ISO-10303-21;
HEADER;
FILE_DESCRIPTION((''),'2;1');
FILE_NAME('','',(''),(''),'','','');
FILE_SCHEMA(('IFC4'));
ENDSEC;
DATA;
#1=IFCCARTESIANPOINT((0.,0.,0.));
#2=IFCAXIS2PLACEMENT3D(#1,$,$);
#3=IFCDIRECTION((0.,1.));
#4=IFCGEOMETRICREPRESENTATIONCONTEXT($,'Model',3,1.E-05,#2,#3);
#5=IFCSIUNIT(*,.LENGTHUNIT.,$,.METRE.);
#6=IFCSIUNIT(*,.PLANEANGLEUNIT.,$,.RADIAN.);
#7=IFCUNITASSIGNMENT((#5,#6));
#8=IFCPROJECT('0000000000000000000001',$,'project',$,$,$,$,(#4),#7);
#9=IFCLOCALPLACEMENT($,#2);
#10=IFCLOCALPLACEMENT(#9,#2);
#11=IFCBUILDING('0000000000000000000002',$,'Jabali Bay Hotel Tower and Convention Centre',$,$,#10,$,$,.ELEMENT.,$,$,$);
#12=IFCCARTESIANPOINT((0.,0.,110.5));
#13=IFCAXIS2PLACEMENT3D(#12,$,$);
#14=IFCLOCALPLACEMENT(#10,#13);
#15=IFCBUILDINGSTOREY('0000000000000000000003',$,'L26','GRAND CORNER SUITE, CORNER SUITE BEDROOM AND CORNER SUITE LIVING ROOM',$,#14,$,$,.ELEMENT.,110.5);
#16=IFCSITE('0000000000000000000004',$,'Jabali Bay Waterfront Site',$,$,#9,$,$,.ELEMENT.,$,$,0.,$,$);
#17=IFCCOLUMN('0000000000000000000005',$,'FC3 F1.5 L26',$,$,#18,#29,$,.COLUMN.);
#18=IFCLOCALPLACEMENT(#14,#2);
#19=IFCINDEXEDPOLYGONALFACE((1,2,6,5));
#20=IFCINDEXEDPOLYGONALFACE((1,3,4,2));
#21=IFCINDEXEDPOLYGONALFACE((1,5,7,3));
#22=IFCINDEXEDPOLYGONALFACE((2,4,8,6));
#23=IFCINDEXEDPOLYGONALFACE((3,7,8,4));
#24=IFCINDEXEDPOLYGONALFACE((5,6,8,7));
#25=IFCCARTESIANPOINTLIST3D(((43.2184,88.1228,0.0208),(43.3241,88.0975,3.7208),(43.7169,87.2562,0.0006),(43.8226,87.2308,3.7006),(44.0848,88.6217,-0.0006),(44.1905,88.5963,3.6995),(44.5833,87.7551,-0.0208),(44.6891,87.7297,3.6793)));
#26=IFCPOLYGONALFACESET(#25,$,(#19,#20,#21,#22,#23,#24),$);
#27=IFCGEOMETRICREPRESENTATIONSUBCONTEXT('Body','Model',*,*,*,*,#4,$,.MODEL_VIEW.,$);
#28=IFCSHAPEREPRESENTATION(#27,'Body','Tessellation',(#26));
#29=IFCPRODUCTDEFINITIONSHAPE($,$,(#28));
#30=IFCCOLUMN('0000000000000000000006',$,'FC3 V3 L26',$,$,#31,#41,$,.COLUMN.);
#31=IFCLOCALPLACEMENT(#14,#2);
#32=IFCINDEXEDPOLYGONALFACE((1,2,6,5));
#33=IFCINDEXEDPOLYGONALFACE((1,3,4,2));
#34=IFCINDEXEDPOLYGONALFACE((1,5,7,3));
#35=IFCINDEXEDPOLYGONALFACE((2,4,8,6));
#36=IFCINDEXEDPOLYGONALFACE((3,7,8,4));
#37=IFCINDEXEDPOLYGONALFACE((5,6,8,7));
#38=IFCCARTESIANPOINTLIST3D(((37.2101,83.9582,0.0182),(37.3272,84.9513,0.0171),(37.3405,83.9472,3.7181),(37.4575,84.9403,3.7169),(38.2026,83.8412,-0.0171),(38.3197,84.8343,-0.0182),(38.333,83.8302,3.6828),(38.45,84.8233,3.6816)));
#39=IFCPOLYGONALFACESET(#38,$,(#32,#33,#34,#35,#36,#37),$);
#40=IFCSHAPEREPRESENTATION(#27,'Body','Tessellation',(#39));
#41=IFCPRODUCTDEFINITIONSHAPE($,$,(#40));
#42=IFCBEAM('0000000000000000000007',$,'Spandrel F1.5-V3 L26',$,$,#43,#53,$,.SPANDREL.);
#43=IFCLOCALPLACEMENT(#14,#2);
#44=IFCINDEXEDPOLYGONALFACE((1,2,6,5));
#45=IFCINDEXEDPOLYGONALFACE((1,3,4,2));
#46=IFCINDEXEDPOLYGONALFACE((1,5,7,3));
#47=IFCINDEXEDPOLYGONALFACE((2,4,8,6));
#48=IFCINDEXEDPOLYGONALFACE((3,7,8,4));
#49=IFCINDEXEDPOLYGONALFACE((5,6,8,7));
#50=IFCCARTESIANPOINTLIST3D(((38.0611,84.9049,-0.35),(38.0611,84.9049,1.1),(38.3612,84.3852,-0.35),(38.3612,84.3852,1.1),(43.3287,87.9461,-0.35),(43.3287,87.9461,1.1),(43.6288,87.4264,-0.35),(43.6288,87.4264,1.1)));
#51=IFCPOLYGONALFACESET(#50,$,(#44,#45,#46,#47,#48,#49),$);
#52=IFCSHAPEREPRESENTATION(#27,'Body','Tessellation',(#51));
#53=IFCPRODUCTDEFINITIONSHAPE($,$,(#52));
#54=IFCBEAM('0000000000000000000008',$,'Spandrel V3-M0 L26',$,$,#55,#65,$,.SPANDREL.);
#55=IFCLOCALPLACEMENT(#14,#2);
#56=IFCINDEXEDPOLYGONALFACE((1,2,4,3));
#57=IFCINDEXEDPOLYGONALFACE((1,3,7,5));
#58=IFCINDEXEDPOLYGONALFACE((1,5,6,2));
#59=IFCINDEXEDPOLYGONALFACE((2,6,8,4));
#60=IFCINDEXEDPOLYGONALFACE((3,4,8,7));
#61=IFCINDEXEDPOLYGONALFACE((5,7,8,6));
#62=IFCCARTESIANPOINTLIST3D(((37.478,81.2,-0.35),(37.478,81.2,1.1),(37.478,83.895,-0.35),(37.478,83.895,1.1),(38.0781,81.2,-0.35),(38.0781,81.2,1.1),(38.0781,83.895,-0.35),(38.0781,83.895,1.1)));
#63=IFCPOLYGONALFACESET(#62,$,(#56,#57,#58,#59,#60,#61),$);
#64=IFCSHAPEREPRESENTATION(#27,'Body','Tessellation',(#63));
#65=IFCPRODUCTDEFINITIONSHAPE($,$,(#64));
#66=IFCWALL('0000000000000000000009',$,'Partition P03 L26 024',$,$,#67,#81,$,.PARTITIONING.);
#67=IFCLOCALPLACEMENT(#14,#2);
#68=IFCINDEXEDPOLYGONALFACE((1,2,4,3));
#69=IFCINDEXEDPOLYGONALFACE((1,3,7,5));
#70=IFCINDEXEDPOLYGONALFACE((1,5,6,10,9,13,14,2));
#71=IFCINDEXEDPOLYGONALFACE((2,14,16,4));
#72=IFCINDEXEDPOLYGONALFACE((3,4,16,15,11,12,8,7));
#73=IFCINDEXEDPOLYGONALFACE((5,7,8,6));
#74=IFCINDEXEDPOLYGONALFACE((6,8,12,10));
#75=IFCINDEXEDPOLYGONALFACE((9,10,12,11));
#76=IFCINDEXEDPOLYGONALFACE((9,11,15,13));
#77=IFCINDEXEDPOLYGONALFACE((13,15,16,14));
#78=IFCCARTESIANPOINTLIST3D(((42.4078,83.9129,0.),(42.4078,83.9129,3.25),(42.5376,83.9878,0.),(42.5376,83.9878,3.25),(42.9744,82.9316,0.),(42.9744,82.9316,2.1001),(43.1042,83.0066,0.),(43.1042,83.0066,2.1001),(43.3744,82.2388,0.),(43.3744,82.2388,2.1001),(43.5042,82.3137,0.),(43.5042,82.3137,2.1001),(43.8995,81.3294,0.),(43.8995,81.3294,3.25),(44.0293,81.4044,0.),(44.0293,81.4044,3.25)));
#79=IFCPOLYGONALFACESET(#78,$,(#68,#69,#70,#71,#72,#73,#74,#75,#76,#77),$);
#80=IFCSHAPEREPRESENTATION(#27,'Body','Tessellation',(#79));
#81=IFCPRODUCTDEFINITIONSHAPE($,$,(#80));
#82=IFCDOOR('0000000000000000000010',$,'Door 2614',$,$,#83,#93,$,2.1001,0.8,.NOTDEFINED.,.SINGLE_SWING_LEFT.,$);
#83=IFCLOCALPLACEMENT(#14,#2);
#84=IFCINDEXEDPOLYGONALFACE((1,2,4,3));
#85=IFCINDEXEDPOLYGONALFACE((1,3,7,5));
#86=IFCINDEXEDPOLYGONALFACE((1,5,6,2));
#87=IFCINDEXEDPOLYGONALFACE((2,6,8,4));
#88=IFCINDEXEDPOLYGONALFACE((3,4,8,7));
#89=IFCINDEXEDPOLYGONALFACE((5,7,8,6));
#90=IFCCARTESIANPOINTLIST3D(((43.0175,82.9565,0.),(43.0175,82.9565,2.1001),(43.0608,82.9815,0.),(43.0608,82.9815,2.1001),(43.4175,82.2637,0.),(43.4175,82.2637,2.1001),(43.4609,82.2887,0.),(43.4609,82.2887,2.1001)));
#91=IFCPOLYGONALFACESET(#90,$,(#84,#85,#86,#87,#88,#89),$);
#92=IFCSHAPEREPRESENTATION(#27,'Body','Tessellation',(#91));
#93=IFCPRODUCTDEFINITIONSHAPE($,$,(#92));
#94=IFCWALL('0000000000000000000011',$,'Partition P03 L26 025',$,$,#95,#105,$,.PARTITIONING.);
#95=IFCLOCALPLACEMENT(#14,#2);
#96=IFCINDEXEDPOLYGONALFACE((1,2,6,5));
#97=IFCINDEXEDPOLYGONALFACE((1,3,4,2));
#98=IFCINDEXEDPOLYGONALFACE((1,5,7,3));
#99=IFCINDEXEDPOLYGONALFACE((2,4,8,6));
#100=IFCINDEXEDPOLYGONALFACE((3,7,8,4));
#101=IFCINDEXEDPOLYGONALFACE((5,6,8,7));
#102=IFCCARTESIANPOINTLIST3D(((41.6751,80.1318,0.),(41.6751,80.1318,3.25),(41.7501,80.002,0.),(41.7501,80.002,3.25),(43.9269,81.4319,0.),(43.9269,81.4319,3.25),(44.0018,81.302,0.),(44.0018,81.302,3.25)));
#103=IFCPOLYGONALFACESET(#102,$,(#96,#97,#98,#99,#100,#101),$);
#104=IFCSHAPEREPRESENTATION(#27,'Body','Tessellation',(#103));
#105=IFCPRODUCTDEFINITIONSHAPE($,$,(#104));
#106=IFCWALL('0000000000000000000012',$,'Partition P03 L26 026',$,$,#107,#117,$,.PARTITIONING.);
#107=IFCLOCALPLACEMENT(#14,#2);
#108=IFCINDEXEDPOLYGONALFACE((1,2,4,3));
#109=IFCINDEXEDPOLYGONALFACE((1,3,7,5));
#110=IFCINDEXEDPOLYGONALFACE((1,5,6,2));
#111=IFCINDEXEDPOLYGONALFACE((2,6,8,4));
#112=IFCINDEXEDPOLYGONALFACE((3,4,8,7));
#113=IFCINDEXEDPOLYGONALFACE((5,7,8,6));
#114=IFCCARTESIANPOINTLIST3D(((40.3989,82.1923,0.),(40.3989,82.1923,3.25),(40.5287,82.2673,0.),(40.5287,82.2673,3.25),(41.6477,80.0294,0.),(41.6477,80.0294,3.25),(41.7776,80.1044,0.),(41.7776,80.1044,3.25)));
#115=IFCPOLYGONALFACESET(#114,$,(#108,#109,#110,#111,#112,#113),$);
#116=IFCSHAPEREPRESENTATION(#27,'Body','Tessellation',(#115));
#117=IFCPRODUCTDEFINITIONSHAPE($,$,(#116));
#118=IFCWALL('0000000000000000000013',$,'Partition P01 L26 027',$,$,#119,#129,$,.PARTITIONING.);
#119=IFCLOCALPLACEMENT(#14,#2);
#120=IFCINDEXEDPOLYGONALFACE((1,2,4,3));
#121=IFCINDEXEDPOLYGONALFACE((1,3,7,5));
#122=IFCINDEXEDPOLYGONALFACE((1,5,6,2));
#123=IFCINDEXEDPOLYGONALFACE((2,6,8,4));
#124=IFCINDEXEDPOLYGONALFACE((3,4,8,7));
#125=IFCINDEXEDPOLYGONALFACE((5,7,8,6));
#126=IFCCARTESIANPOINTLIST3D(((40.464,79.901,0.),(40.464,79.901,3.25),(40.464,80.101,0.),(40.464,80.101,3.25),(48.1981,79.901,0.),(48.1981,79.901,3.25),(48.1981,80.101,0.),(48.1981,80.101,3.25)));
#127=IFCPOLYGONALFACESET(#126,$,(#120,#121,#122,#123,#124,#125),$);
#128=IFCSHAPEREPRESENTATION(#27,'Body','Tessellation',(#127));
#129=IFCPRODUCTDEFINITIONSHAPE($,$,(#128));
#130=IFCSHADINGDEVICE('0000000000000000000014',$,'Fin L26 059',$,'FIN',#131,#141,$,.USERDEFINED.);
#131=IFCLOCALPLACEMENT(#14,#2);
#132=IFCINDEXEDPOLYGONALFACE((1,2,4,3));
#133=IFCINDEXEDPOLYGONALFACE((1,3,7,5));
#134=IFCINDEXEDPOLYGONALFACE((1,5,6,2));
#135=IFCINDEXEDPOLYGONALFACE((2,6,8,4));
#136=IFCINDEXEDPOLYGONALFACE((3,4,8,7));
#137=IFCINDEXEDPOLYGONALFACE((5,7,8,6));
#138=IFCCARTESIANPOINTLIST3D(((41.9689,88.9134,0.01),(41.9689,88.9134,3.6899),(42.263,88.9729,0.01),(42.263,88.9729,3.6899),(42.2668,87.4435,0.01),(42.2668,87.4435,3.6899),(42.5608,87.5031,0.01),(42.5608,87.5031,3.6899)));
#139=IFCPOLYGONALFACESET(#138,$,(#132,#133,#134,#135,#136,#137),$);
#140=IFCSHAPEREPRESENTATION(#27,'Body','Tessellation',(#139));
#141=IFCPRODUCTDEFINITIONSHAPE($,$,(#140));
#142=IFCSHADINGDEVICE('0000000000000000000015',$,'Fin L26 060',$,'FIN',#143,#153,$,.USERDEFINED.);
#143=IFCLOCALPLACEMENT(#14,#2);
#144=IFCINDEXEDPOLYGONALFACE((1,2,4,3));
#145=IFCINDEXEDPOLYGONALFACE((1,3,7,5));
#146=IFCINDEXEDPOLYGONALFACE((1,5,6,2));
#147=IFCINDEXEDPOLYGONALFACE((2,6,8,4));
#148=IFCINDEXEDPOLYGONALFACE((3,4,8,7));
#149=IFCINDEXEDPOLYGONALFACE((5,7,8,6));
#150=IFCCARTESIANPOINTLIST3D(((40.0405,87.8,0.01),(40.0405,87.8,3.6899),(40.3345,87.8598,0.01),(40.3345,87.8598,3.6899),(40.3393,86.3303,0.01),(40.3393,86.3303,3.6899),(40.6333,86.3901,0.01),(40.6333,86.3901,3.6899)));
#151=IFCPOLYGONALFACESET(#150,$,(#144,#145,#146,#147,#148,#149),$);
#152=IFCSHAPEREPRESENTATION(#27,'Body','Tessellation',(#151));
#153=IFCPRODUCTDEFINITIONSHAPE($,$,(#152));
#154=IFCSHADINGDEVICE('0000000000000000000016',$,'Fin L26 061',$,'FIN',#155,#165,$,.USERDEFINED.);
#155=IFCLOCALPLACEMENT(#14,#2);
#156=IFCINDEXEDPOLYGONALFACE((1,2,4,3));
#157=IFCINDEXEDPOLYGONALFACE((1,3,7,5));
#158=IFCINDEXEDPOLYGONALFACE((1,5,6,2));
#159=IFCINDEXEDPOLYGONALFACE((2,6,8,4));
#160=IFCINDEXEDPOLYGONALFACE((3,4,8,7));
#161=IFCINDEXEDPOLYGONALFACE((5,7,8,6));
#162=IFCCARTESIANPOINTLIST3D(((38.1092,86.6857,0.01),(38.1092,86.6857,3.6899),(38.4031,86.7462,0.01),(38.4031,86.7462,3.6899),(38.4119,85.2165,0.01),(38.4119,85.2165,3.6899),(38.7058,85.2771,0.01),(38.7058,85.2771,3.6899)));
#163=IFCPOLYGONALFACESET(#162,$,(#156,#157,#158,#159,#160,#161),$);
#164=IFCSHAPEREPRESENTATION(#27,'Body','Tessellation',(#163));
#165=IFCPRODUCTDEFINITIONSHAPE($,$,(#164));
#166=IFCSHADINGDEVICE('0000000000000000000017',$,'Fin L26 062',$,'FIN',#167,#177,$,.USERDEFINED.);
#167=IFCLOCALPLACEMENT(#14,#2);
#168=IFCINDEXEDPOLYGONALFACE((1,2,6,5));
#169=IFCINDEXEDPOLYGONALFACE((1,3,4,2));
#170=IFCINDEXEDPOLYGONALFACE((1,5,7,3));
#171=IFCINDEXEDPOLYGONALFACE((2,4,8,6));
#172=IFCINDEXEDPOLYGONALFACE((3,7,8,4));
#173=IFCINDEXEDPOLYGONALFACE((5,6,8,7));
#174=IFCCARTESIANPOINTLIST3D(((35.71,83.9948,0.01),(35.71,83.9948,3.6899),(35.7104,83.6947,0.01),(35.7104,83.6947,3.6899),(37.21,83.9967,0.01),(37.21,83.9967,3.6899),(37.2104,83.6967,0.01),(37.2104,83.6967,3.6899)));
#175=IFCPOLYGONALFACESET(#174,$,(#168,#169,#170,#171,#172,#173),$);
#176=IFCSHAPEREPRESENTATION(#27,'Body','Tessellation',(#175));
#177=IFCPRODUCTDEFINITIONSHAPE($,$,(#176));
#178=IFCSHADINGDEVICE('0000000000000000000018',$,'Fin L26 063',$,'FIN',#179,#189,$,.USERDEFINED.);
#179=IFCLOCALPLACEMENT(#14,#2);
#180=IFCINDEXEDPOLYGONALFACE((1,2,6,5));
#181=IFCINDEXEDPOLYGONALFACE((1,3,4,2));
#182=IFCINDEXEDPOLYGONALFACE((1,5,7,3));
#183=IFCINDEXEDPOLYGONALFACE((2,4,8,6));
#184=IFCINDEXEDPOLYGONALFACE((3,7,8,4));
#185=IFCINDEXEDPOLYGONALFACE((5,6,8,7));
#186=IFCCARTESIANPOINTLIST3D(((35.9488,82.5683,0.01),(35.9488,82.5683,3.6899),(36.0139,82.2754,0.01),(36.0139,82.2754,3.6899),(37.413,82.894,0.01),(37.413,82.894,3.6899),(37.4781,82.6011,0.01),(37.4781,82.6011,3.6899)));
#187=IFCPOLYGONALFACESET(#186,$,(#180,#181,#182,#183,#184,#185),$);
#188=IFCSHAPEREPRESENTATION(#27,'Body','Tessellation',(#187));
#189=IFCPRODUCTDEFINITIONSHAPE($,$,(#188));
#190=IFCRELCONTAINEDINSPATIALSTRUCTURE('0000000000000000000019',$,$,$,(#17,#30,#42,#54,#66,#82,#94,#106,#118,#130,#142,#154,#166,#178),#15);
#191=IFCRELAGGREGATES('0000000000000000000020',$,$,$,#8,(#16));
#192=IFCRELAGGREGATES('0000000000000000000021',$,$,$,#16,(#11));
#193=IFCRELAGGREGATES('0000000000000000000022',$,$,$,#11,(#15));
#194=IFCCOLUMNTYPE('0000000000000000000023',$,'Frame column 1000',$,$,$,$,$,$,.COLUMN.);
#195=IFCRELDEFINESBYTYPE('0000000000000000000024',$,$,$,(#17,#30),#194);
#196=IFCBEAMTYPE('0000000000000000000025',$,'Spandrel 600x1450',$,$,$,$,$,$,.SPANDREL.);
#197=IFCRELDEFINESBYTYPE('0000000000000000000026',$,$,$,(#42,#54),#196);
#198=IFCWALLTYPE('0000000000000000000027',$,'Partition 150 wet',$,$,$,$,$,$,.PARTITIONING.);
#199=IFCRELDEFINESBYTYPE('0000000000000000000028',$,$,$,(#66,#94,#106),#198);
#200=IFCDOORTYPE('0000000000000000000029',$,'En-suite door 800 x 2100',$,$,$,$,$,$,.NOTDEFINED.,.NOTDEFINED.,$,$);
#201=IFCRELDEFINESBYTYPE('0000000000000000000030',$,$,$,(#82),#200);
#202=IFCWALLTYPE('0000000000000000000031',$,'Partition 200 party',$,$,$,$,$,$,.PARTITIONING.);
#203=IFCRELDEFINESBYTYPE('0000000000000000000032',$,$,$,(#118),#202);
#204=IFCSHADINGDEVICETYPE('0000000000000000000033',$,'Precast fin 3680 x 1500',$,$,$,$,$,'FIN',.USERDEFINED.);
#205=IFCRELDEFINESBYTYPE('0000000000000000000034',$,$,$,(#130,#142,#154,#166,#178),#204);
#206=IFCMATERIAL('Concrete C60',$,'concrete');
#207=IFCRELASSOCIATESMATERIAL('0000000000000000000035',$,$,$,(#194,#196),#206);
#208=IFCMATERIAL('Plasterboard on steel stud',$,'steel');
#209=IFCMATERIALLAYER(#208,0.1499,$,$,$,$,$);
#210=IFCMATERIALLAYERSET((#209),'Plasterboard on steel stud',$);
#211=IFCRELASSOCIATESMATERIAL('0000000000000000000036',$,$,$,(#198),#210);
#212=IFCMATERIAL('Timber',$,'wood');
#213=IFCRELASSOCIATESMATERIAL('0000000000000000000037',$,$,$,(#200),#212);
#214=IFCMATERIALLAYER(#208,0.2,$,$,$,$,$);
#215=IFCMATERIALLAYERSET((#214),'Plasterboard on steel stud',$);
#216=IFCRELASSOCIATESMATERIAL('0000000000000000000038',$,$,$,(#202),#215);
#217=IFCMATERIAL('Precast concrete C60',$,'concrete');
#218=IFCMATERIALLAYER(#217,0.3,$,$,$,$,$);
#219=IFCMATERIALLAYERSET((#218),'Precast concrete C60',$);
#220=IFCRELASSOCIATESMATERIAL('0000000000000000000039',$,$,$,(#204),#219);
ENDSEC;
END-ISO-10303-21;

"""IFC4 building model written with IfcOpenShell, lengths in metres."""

from ifc_helpers import new_model, si_unit, direction, frame, frame_2d, origin, origin_2d, place, context, subcontext, project, spatial, rectangle, extrude, material, layer, layer_set, material_profile, profile_set, type_object, element, fill, save


model = new_model("IFC4")

# Units and contexts
model_context = context("Model", 3, precision=1e-05, world=origin(), true_north=direction((0.0, 1.0)))
body_context = subcontext(model_context, "Body", "Model", "MODEL_VIEW")
ifc_project = project(units=[si_unit("LENGTHUNIT", "METRE"), si_unit("PLANEANGLEUNIT", "RADIAN")], contexts=[model_context])

# Site, building, storey
site_placement = place(None, origin())
site = spatial("IfcSite", under=ifc_project, at=site_placement, Name="Jabali Bay Waterfront Site", CompositionType="ELEMENT", RefElevation=0.0)
building_placement = place(site_placement, origin())
building = spatial("IfcBuilding", under=site, at=building_placement, Name="Jabali Bay Hotel Tower and Convention Centre", CompositionType="ELEMENT")
storey_placement = place(building_placement, frame((0.0, 0.0, 110.5)))
storey = spatial("IfcBuildingStorey", under=building, at=storey_placement, Name="L26", Description="GRAND CORNER SUITE, CORNER SUITE BEDROOM AND CORNER SUITE LIVING ROOM", CompositionType="ELEMENT", Elevation=110.5)

# Columns
ifc_material_1 = material(Name="Concrete C60", Category="concrete")
ifc_material_profile_1 = material_profile(ifc_material_1, rectangle(XDim=1.0, YDim=1.0, at=origin_2d()), Name="Frame column 1000")
ifc_profile_set_1 = profile_set([ifc_material_profile_1], Name="Concrete C60")
column_type = type_object("IfcColumnType", Name="Frame column 1000", PredefinedType="COLUMN", material=ifc_profile_set_1)
column_1_placement = place(storey_placement, frame((43.9009, 87.939, 0.0), z_axis=(0.028559, -0.006859, 0.999569), x_axis=(-0.498515, 0.866646, 0.020191)))
element("IfcColumn", 1, at=column_1_placement, inside=storey, type_object=column_type, Name="FC3 F1.5 L26", PredefinedType="COLUMN", context=body_context, shape_type="SweptSolid", body=[
    extrude(rectangle(XDim=1.0, YDim=1.0, at=origin_2d()), origin(), (0.0, 0.0, 1.0), 3.7017),
])
column_2_placement = place(storey_placement, frame((37.7649, 84.3962, 0.0), z_axis=(0.035214, -0.002967, 0.999375), x_axis=(-0.992498, 0.117045, 0.035319)))
element("IfcColumn", 2, at=column_2_placement, inside=storey, type_object=column_type, Name="FC3 V3 L26", PredefinedType="COLUMN", context=body_context, shape_type="SweptSolid", body=[
    extrude(rectangle(XDim=1.0, YDim=1.0, at=origin_2d()), origin(), (0.0, 0.0, 1.0), 3.7021),
])

# Beams
ifc_material_profile_2 = material_profile(ifc_material_1, rectangle(XDim=0.6001, YDim=1.45, at=origin_2d()), Name="Spandrel 600x1450")
ifc_profile_set_2 = profile_set([ifc_material_profile_2], Name="Concrete C60")
beam_type = type_object("IfcBeamType", Name="Spandrel 600x1450", PredefinedType="SPANDREL", material=ifc_profile_set_2)
beam_1_placement = place(storey_placement, frame((43.4788, 87.6863, 0.375), z_axis=(-0.866024, -0.500003, 0.0), x_axis=(0.500003, -0.866024, 0.0)))
element("IfcBeam", 3, at=beam_1_placement, inside=storey, type_object=beam_type, Name="Spandrel F1.5-V3 L26", PredefinedType="SPANDREL", context=body_context, shape_type="SweptSolid", body=[
    extrude(rectangle(XDim=0.6001, YDim=1.45, at=origin_2d()), origin(), (0.0, 0.0, 1.0), 6.0825),
])
beam_2_placement = place(storey_placement, frame((37.7781, 83.895, 0.375), z_axis=(0.0, -1.0, 0.0), x_axis=(1.0, 0.0, 0.0)))
element("IfcBeam", 4, at=beam_2_placement, inside=storey, type_object=beam_type, Name="Spandrel V3-M0 L26", PredefinedType="SPANDREL", context=body_context, shape_type="SweptSolid", body=[
    extrude(rectangle(XDim=0.6001, YDim=1.45, at=origin_2d()), origin(), (0.0, 0.0, 1.0), 2.6951),
])

# Wall, opening, door
ifc_material_2 = material(Name="Plasterboard on steel stud", Category="steel")
ifc_layer_1 = layer(ifc_material_2, 0.1499)
ifc_layer_set_1 = layer_set([ifc_layer_1], Name="Plasterboard on steel stud")
wall_type_1 = type_object("IfcWallType", Name="Partition 150 wet", PredefinedType="PARTITIONING", material=ifc_layer_set_1)
wall_1_placement = place(storey_placement, frame((42.4727, 83.9504, 0.0), z_axis=(0.0, 0.0, 1.0), x_axis=(0.500029, -0.866008, 0.0)))
wall_1 = element("IfcWall", 5, at=wall_1_placement, inside=storey, type_object=wall_type_1, Name="Partition P03 L26 024", PredefinedType="PARTITIONING", context=body_context, shape_type="SweptSolid", body=[
    extrude(rectangle(XDim=2.9832, YDim=0.1499, at=frame_2d((1.4917, 0.0))), origin(), (0.0, 0.0, 1.0), 3.25),
])
opening_1_placement = place(wall_1_placement, frame((1.1333, 0.0, 0.0)))
opening_1 = element("IfcOpeningElement", 6, at=opening_1_placement, cuts=wall_1, PredefinedType="OPENING", context=body_context, shape_type="SweptSolid", body=[
    extrude(rectangle(XDim=0.8, YDim=2.1001, at=frame_2d((0.3999, 1.05))), frame((0.0, 0.0854, 0.0), z_axis=(0.0, -1.0, 0.0), x_axis=(1.0, 0.0, 0.0)), (0.0, 0.0, 1.0), 0.1709),
])
ifc_material_3 = material(Name="Timber", Category="wood")
door_type_1 = type_object("IfcDoorType", Name="En-suite door 800 x 2100", OperationType="NOTDEFINED", PredefinedType="NOTDEFINED", material=ifc_material_3)
door_1_placement = place(opening_1_placement, origin())
door_1 = element("IfcDoor", 7, at=door_1_placement, inside=storey, type_object=door_type_1, Name="Door 2614", OperationType="SINGLE_SWING_LEFT", OverallHeight=2.1001, OverallWidth=0.8, PredefinedType="NOTDEFINED", context=body_context, shape_type="SweptSolid", body=[
    extrude(rectangle(XDim=0.8, YDim=2.1001, at=frame_2d((0.3999, 1.05))), frame((0.0, 0.0249, 0.0), z_axis=(0.0, -1.0, 0.0), x_axis=(1.0, 0.0, 0.0)), (0.0, 0.0, 1.0), 0.05),
])
fill(opening_1, door_1)

# Walls
wall_2_placement = place(storey_placement, frame((43.9644, 81.3669, 0.0), z_axis=(0.0, 0.0, 1.0), x_axis=(-0.866021, -0.500007, 0.0)))
element("IfcWall", 8, at=wall_2_placement, inside=storey, type_object=wall_type_1, Name="Partition P03 L26 025", PredefinedType="PARTITIONING", context=body_context, shape_type="SweptSolid", body=[
    extrude(rectangle(XDim=2.6001, YDim=0.1499, at=frame_2d((1.3, 0.0))), origin(), (0.0, 0.0, 1.0), 3.25),
])
wall_3_placement = place(storey_placement, frame((41.7126, 80.0669, 0.0), z_axis=(0.0, 0.0, 1.0), x_axis=(-0.500019, 0.866015, 0.0)))
element("IfcWall", 9, at=wall_3_placement, inside=storey, type_object=wall_type_1, Name="Partition P03 L26 026", PredefinedType="PARTITIONING", context=body_context, shape_type="SweptSolid", body=[
    extrude(rectangle(XDim=2.4976, YDim=0.1499, at=frame_2d((1.2488, 0.0))), origin(), (0.0, 0.0, 1.0), 3.25),
])
ifc_layer_2 = layer(ifc_material_2, 0.2)
ifc_layer_set_2 = layer_set([ifc_layer_2], Name="Plasterboard on steel stud")
wall_type_2 = type_object("IfcWallType", Name="Partition 200 party", PredefinedType="PARTITIONING", material=ifc_layer_set_2)
wall_4_placement = place(storey_placement, frame((40.4639, 80.001, 0.0), z_axis=(0.0, 0.0, 1.0), x_axis=(1.0, 0.0, 0.0)))
element("IfcWall", 10, at=wall_4_placement, inside=storey, type_object=wall_type_2, Name="Partition P01 L26 027", PredefinedType="PARTITIONING", context=body_context, shape_type="SweptSolid", body=[
    extrude(rectangle(XDim=7.7341, YDim=0.2, at=frame_2d((3.8672, 0.0))), origin(), (0.0, 0.0, 1.0), 3.25),
])

# Shading devices
ifc_material_4 = material(Name="Precast concrete C60", Category="concrete")
ifc_layer_3 = layer(ifc_material_4, 0.3)
ifc_layer_set_3 = layer_set([ifc_layer_3], Name="Precast concrete C60")
shading_device_type = type_object("IfcShadingDeviceType", Name="Precast fin 3680 x 1500", ElementType="FIN", PredefinedType="USERDEFINED", material=ifc_layer_set_3)
for number, where, z_axis, x_axis, name in (
    (11, (42.4138, 87.4731, 0.01), (0.0, 0.0, 1.0), (-0.198588, 0.980083, 0.0), "Fin L26 059"),
    (12, (40.4863, 86.3601, 0.01), (0.0, 0.0, 1.0), (-0.199246, 0.97995, 0.0), "Fin L26 060"),
):
    element("IfcShadingDevice", number, at=place(storey_placement, frame(where, z_axis=z_axis, x_axis=x_axis)), inside=storey, type_object=shading_device_type, Name=name, ObjectType="FIN", PredefinedType="USERDEFINED", context=body_context, shape_type="SweptSolid", body=[
        extrude(rectangle(XDim=1.4998, YDim=0.3, at=frame_2d((0.75, 0.0))), origin(), (0.0, 0.0, 1.0), 3.6799),
    ])
for number, where, z_axis, x_axis, name in (
    (13, (38.5588, 85.2468, 0.01), (0.0, 0.0, 1.0), (-0.201809, 0.979425, 0.0), "Fin L26 061"),
    (14, (37.2102, 83.8467, 0.01), (0.0, 0.0, 1.0), (-0.999999, -0.001302, 0.0), "Fin L26 062"),
    (15, (37.4456, 82.7476, 0.01), (0.0, 0.0, 1.0), (-0.976141, -0.217137, 0.0), "Fin L26 063"),
):
    element("IfcShadingDevice", number, at=place(storey_placement, frame(where, z_axis=z_axis, x_axis=x_axis)), inside=storey, type_object=shading_device_type, Name=name, ObjectType="FIN", PredefinedType="USERDEFINED", context=body_context, shape_type="SweptSolid", body=[
        extrude(rectangle(XDim=1.5, YDim=0.3, at=frame_2d((0.75, 0.0))), origin(), (0.0, 0.0, 1.0), 3.6799),
    ])

save(model, "model.ifc")
